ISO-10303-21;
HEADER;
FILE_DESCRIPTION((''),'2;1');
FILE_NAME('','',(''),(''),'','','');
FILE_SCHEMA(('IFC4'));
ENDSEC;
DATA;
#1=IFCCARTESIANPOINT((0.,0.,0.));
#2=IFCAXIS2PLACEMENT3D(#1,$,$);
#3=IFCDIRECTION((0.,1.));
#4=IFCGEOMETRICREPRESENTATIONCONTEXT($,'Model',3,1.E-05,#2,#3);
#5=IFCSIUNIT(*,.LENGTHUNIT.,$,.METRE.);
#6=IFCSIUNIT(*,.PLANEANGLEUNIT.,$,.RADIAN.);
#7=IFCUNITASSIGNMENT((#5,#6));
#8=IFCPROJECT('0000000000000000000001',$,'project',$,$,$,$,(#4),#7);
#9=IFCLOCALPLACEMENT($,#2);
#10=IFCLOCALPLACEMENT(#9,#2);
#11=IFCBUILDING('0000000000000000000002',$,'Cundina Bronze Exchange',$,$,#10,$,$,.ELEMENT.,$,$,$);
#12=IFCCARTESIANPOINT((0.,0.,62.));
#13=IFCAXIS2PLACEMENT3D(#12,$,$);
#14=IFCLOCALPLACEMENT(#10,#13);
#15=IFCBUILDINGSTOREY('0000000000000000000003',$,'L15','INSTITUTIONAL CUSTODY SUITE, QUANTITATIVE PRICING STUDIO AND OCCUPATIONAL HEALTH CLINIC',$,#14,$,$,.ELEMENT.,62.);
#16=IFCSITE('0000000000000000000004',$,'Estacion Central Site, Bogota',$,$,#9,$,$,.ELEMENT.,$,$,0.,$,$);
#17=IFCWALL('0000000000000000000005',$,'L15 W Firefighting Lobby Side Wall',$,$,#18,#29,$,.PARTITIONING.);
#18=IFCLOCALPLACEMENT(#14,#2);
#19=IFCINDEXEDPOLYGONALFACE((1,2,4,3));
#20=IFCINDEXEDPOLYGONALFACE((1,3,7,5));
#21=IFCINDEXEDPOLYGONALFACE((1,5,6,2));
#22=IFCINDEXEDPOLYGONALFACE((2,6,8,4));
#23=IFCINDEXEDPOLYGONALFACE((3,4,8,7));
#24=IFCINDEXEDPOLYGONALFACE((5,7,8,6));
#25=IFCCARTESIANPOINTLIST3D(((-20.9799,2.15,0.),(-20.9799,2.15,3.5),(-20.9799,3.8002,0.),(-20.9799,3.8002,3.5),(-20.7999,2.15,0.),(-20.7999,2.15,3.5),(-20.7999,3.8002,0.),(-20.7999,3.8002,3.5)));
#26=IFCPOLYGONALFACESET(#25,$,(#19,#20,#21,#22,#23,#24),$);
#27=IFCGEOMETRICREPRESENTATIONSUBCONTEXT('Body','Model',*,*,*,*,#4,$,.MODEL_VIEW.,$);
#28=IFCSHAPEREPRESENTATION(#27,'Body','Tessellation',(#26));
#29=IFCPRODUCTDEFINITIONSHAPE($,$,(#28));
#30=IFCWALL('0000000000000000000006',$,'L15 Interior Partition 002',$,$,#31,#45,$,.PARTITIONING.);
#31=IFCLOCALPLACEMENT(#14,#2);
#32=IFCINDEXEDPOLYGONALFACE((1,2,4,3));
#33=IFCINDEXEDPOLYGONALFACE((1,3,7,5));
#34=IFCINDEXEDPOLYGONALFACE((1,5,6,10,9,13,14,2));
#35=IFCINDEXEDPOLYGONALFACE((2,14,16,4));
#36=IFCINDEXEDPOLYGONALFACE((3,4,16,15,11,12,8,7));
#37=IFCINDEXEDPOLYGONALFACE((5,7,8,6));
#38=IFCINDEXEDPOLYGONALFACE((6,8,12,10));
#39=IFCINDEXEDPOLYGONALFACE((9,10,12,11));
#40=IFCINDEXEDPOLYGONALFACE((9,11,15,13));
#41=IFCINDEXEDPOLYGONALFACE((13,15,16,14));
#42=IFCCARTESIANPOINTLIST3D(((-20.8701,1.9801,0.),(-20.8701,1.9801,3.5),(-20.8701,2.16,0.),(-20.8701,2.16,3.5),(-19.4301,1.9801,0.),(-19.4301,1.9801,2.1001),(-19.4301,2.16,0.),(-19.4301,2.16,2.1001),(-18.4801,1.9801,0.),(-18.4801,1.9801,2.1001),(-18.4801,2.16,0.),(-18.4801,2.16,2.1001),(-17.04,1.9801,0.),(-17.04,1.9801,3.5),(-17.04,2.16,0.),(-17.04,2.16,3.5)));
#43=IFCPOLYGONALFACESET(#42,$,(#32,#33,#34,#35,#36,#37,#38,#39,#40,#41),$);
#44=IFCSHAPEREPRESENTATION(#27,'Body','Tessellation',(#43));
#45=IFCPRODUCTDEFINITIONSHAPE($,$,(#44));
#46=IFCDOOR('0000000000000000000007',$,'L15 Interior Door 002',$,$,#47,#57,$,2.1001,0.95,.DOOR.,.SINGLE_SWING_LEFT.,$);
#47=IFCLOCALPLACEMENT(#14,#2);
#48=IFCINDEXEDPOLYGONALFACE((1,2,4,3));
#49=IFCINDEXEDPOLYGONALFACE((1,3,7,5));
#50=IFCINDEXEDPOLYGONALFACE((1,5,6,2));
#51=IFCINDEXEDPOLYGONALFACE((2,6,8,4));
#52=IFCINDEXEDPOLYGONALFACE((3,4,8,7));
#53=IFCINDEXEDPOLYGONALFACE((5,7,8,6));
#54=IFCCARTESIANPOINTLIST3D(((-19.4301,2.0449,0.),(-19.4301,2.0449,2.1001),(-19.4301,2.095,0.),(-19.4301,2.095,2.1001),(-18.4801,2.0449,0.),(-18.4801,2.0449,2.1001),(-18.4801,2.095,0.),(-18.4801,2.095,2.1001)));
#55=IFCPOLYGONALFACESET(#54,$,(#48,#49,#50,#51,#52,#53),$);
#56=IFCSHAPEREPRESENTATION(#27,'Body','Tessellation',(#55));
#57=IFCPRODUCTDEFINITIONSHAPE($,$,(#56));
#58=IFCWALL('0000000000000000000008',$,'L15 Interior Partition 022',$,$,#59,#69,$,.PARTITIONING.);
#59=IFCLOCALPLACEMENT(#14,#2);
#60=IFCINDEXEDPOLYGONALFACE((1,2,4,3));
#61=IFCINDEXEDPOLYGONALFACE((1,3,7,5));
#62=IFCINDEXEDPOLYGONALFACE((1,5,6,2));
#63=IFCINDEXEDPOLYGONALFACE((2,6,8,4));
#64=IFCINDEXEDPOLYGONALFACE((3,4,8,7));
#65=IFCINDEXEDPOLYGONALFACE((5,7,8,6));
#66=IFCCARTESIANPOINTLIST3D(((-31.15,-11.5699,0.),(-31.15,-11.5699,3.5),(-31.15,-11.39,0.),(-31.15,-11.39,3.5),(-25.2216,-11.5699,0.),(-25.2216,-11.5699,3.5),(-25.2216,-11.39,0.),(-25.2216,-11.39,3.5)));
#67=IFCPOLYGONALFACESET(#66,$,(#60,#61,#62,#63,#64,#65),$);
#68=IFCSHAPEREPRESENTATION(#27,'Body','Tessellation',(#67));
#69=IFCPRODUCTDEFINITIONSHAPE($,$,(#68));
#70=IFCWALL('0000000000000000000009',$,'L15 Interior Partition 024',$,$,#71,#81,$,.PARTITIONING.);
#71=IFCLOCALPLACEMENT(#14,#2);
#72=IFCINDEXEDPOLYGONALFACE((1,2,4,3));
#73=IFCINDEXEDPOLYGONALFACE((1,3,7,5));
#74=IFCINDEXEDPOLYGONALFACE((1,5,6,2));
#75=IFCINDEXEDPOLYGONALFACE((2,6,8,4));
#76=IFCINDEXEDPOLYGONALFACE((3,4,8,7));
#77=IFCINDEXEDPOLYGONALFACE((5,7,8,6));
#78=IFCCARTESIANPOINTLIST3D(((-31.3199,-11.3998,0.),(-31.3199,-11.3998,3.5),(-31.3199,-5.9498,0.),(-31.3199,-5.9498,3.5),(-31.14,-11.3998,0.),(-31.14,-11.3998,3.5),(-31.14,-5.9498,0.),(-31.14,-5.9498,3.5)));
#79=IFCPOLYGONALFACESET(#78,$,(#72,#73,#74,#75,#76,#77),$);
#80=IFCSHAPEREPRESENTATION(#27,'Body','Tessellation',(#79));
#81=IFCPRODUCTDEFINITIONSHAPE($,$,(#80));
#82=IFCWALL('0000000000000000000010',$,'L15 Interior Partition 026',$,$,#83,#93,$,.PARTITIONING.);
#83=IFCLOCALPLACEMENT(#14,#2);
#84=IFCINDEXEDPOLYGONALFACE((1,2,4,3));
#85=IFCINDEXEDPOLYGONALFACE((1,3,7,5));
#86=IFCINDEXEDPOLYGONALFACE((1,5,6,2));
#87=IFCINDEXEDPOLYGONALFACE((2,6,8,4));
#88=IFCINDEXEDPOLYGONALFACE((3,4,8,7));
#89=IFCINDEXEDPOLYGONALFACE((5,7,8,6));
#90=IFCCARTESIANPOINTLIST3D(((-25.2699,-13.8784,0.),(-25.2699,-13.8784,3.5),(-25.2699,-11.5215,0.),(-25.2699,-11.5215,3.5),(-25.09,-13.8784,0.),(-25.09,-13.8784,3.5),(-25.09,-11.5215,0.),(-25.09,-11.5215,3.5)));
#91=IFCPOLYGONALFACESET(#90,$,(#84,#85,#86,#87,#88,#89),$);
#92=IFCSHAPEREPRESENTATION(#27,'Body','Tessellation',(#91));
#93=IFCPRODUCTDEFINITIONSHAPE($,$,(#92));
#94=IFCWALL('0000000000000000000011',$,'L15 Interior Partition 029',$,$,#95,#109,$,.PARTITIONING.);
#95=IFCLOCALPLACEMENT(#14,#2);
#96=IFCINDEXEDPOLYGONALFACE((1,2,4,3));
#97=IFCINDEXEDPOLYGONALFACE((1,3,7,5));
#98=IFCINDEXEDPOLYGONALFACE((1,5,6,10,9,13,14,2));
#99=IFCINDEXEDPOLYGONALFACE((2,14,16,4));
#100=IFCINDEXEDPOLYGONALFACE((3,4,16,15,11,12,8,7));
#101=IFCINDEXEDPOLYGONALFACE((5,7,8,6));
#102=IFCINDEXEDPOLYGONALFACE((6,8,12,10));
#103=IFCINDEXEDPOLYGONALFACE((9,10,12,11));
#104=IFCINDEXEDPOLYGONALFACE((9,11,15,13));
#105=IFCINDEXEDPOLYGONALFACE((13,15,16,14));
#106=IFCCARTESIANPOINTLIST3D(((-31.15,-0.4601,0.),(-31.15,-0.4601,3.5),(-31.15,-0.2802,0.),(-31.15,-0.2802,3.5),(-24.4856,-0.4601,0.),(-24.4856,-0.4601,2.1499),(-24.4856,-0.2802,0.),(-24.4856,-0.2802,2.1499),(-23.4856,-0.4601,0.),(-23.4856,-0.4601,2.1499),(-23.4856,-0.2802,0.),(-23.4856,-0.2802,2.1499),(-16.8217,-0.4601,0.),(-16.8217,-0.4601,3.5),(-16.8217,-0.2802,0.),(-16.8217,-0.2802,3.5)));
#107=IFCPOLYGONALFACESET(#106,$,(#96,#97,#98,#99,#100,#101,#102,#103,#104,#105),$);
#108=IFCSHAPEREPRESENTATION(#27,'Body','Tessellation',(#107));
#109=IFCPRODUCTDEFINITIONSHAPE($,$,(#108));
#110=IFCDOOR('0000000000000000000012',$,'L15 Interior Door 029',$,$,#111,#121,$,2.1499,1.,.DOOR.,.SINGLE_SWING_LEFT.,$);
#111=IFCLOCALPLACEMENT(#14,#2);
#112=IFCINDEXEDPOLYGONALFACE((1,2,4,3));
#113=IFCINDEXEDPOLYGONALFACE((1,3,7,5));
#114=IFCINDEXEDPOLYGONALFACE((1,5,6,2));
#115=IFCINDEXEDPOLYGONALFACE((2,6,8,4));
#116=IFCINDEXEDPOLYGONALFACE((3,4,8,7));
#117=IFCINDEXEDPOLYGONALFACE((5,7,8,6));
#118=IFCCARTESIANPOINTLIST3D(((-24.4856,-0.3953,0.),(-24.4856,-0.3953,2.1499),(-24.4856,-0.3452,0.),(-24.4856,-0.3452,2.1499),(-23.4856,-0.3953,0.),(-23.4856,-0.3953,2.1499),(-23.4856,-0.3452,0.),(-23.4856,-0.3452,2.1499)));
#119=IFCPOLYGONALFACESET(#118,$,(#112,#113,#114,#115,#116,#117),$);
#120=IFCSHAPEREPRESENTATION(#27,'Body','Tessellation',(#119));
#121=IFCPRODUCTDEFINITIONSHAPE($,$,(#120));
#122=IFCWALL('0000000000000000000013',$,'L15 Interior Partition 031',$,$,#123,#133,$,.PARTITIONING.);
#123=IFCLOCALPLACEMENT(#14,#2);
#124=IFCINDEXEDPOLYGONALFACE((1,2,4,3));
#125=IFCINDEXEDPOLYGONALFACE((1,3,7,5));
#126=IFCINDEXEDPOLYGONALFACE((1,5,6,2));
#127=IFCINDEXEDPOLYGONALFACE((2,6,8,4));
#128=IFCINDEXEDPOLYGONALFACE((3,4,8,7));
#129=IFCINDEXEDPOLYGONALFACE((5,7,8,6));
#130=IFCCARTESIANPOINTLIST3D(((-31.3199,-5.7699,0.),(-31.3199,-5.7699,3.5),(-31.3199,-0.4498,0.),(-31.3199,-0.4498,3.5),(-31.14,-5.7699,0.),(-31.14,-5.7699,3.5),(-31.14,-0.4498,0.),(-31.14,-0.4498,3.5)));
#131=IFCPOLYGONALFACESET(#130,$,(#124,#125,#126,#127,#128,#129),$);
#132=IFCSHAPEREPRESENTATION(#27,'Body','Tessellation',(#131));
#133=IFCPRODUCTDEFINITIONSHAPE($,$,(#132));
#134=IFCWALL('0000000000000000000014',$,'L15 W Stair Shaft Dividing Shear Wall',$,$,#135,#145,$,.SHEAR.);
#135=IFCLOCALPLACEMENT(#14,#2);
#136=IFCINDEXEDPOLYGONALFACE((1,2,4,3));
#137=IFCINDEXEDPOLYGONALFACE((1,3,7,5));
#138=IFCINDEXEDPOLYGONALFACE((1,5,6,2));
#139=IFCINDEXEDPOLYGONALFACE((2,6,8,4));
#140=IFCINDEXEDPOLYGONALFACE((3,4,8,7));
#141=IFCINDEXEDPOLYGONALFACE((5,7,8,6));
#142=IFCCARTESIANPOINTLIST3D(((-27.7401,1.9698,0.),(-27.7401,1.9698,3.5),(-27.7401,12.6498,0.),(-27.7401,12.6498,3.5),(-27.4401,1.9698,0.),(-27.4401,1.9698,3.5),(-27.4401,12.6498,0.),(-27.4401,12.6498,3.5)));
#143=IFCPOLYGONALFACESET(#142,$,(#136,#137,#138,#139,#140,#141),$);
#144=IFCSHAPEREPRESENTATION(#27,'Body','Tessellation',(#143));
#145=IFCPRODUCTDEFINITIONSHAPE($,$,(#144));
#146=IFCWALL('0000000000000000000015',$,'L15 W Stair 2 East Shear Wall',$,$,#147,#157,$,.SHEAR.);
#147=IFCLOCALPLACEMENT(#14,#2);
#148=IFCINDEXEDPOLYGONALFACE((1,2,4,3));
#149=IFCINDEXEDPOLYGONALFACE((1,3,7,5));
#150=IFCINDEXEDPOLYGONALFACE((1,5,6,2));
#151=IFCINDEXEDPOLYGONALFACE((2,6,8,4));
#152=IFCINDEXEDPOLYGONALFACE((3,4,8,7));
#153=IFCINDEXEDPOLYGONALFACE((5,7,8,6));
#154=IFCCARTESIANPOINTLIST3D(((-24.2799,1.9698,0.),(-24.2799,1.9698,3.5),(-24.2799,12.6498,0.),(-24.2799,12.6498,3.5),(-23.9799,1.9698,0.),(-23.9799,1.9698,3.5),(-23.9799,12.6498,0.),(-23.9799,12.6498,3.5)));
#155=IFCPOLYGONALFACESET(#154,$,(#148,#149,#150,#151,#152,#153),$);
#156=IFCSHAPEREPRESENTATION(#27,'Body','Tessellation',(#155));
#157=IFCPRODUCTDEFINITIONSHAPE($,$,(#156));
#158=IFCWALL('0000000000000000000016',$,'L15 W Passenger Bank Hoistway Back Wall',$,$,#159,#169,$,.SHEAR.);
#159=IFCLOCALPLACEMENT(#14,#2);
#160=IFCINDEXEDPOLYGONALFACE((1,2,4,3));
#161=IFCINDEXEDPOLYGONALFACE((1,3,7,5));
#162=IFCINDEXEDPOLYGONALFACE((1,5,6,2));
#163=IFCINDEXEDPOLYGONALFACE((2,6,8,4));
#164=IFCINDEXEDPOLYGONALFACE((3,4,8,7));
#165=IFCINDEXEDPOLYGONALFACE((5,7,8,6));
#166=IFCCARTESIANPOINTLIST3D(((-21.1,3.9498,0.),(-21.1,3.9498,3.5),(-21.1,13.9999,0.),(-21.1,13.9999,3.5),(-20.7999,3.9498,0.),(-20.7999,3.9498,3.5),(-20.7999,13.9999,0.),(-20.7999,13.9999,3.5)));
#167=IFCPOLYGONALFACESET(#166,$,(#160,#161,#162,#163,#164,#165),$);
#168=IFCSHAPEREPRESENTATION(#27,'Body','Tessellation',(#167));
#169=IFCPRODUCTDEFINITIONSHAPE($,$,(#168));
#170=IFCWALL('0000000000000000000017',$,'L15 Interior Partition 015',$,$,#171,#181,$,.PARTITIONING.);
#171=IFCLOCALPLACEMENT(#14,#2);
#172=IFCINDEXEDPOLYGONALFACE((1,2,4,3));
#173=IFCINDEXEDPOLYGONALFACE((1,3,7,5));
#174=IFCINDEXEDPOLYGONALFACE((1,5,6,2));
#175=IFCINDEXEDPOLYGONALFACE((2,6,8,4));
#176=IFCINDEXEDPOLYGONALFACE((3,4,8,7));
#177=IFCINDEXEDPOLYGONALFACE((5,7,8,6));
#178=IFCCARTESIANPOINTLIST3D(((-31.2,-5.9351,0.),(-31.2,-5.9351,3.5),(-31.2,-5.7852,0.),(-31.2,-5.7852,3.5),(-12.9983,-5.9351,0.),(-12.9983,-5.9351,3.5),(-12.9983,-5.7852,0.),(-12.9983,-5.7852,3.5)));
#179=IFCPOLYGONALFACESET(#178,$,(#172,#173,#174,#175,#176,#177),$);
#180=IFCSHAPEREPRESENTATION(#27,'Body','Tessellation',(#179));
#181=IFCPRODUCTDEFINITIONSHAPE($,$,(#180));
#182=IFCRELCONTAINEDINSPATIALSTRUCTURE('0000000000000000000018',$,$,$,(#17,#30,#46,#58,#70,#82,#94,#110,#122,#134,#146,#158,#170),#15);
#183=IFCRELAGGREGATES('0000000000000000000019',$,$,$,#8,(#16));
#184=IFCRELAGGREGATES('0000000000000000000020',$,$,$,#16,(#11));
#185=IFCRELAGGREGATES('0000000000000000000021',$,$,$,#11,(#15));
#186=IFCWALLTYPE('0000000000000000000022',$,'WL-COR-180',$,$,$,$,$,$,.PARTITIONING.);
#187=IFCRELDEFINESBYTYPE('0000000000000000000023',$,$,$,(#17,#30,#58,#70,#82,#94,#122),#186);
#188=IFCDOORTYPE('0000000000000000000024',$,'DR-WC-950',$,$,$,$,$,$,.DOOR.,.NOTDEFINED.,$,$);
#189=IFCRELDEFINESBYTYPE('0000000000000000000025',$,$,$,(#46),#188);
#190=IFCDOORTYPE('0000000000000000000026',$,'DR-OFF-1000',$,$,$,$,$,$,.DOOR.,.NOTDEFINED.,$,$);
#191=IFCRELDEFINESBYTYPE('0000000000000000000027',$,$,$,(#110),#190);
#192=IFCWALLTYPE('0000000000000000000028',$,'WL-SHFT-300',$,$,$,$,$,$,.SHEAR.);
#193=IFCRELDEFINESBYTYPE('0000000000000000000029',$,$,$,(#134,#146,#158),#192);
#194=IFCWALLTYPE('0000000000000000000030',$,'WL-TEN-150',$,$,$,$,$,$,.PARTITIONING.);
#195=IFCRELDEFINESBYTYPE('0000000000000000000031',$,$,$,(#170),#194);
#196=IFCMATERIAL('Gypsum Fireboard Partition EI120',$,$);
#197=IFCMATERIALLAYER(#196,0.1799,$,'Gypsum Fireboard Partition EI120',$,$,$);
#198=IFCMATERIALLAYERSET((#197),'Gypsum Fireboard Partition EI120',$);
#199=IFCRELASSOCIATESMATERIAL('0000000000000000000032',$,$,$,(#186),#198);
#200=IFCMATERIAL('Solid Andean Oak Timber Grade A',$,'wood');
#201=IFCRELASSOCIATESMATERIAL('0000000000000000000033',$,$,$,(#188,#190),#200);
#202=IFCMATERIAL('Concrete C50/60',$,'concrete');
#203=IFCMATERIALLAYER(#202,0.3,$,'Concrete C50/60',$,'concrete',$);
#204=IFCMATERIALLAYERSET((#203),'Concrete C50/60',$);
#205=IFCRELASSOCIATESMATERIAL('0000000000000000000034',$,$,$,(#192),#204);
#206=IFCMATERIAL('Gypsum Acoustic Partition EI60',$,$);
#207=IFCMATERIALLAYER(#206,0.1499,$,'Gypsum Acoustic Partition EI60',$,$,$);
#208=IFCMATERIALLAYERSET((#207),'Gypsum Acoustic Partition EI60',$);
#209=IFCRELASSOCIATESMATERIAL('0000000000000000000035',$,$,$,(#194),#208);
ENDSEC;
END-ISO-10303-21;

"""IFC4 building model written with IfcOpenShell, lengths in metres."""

from ifc_helpers import new_model, si_unit, direction, frame, frame_2d, origin, place, context, subcontext, project, spatial, rectangle, extrude, material, layer, layer_set, type_object, element, fill, save


model = new_model("IFC4")

# Units and contexts
model_context = context("Model", 3, precision=1e-05, world=origin(), true_north=direction((0.0, 1.0)))
body_context = subcontext(model_context, "Body", "Model", "MODEL_VIEW")
ifc_project = project(units=[si_unit("LENGTHUNIT", "METRE"), si_unit("PLANEANGLEUNIT", "RADIAN")], contexts=[model_context])

# Site, building, storey
site_placement = place(None, origin())
site = spatial("IfcSite", under=ifc_project, at=site_placement, Name="Estacion Central Site, Bogota", CompositionType="ELEMENT", RefElevation=0.0)
building_placement = place(site_placement, origin())
building = spatial("IfcBuilding", under=site, at=building_placement, Name="Cundina Bronze Exchange", CompositionType="ELEMENT")
storey_placement = place(building_placement, frame((0.0, 0.0, 62.0)))
storey = spatial("IfcBuildingStorey", under=building, at=storey_placement, Name="L15", Description="INSTITUTIONAL CUSTODY SUITE, QUANTITATIVE PRICING STUDIO AND OCCUPATIONAL HEALTH CLINIC", CompositionType="ELEMENT", Elevation=62.0)

# Wall
ifc_material_1 = material(Name="Gypsum Fireboard Partition EI120")
ifc_layer_1 = layer(ifc_material_1, 0.1799, Name="Gypsum Fireboard Partition EI120")
ifc_layer_set_1 = layer_set([ifc_layer_1], Name="Gypsum Fireboard Partition EI120")
wall_type_1 = type_object("IfcWallType", Name="WL-COR-180", PredefinedType="PARTITIONING", material=ifc_layer_set_1)
wall_1_placement = place(storey_placement, frame((-20.8899, 2.1499, 0.0), z_axis=(0.0, 0.0, 1.0), x_axis=(0.0, 1.0, 0.0)))
element("IfcWall", 1, at=wall_1_placement, inside=storey, type_object=wall_type_1, Name="L15 W Firefighting Lobby Side Wall", PredefinedType="PARTITIONING", context=body_context, shape_type="SweptSolid", body=[
    extrude(rectangle(XDim=1.6501, YDim=0.1799, at=frame_2d((0.8252, 0.0))), origin(), (0.0, 0.0, 1.0), 3.5),
])

# Wall, opening, door
wall_2_placement = place(storey_placement, frame((-20.8701, 2.0701, 0.0), z_axis=(0.0, 0.0, 1.0), x_axis=(1.0, 0.0, 0.0)))
wall_2 = element("IfcWall", 2, at=wall_2_placement, inside=storey, type_object=wall_type_1, Name="L15 Interior Partition 002", PredefinedType="PARTITIONING", context=body_context, shape_type="SweptSolid", body=[
    extrude(rectangle(XDim=3.8301, YDim=0.1799, at=frame_2d((1.915, 0.0))), origin(), (0.0, 0.0, 1.0), 3.5),
])
opening_1_placement = place(wall_2_placement, frame((1.4399, 0.0, 0.0)))
opening_1 = element("IfcOpeningElement", 3, at=opening_1_placement, cuts=wall_2, PredefinedType="OPENING", context=body_context, shape_type="SweptSolid", body=[
    extrude(rectangle(XDim=0.95, YDim=2.1001, at=frame_2d((0.4751, 1.05))), frame((0.0, 0.0999, 0.0), z_axis=(0.0, -1.0, 0.0), x_axis=(1.0, 0.0, 0.0)), (0.0, 0.0, 1.0), 0.2),
])
ifc_material_2 = material(Name="Solid Andean Oak Timber Grade A", Category="wood")
door_type_1 = type_object("IfcDoorType", Name="DR-WC-950", OperationType="NOTDEFINED", PredefinedType="DOOR", material=ifc_material_2)
door_1_placement = place(opening_1_placement, origin())
door_1 = element("IfcDoor", 4, at=door_1_placement, inside=storey, type_object=door_type_1, Name="L15 Interior Door 002", OperationType="SINGLE_SWING_LEFT", OverallHeight=2.1001, OverallWidth=0.95, PredefinedType="DOOR", context=body_context, shape_type="SweptSolid", body=[
    extrude(rectangle(XDim=0.95, YDim=2.1001, at=frame_2d((0.4751, 1.05))), frame((0.0, 0.0249, 0.0), z_axis=(0.0, -1.0, 0.0), x_axis=(1.0, 0.0, 0.0)), (0.0, 0.0, 1.0), 0.05),
])
fill(opening_1, door_1)

# Walls
wall_3_placement = place(storey_placement, frame((-25.2214, -11.48, 0.0), z_axis=(0.0, 0.0, 1.0), x_axis=(-1.0, 0.0, 0.0)))
element("IfcWall", 5, at=wall_3_placement, inside=storey, type_object=wall_type_1, Name="L15 Interior Partition 022", PredefinedType="PARTITIONING", context=body_context, shape_type="SweptSolid", body=[
    extrude(rectangle(XDim=5.9285, YDim=0.1799, at=frame_2d((2.9644, 0.0))), origin(), (0.0, 0.0, 1.0), 3.5),
])
wall_4_placement = place(storey_placement, frame((-31.23, -11.3999, 0.0), z_axis=(0.0, 0.0, 1.0), x_axis=(0.0, 1.0, 0.0)))
element("IfcWall", 6, at=wall_4_placement, inside=storey, type_object=wall_type_1, Name="L15 Interior Partition 024", PredefinedType="PARTITIONING", context=body_context, shape_type="SweptSolid", body=[
    extrude(rectangle(XDim=5.45, YDim=0.1799, at=frame_2d((2.7251, 0.0))), origin(), (0.0, 0.0, 1.0), 3.5),
])
wall_5_placement = place(storey_placement, frame((-25.1799, -13.8784, 0.0), z_axis=(0.0, 0.0, 1.0), x_axis=(0.0, 1.0, 0.0)))
element("IfcWall", 7, at=wall_5_placement, inside=storey, type_object=wall_type_1, Name="L15 Interior Partition 026", PredefinedType="PARTITIONING", context=body_context, shape_type="SweptSolid", body=[
    extrude(rectangle(XDim=2.3569, YDim=0.1799, at=frame_2d((1.1785, 0.0))), origin(), (0.0, 0.0, 1.0), 3.5),
])

# Wall, opening, door
wall_6_placement = place(storey_placement, frame((-31.1499, -0.3701, 0.0), z_axis=(0.0, 0.0, 1.0), x_axis=(1.0, 0.0, 0.0)))
wall_6 = element("IfcWall", 8, at=wall_6_placement, inside=storey, type_object=wall_type_1, Name="L15 Interior Partition 029", PredefinedType="PARTITIONING", context=body_context, shape_type="SweptSolid", body=[
    extrude(rectangle(XDim=14.3284, YDim=0.1799, at=frame_2d((7.1641, 0.0))), origin(), (0.0, 0.0, 1.0), 3.5),
])
opening_2_placement = place(wall_6_placement, frame((6.6643, 0.0, 0.0)))
opening_2 = element("IfcOpeningElement", 9, at=opening_2_placement, cuts=wall_6, PredefinedType="OPENING", context=body_context, shape_type="SweptSolid", body=[
    extrude(rectangle(XDim=1.0, YDim=2.1499, at=frame_2d((0.5, 1.075))), frame((0.0, 0.0999, 0.0), z_axis=(0.0, -1.0, 0.0), x_axis=(1.0, 0.0, 0.0)), (0.0, 0.0, 1.0), 0.2),
])
door_type_2 = type_object("IfcDoorType", Name="DR-OFF-1000", OperationType="NOTDEFINED", PredefinedType="DOOR", material=ifc_material_2)
door_2_placement = place(opening_2_placement, origin())
door_2 = element("IfcDoor", 10, at=door_2_placement, inside=storey, type_object=door_type_2, Name="L15 Interior Door 029", OperationType="SINGLE_SWING_LEFT", OverallHeight=2.1499, OverallWidth=1.0, PredefinedType="DOOR", context=body_context, shape_type="SweptSolid", body=[
    extrude(rectangle(XDim=1.0, YDim=2.1499, at=frame_2d((0.5, 1.075))), frame((0.0, 0.0249, 0.0), z_axis=(0.0, -1.0, 0.0), x_axis=(1.0, 0.0, 0.0)), (0.0, 0.0, 1.0), 0.05),
])
fill(opening_2, door_2)

# Walls
wall_7_placement = place(storey_placement, frame((-31.23, -5.77, 0.0), z_axis=(0.0, 0.0, 1.0), x_axis=(0.0, 1.0, 0.0)))
element("IfcWall", 11, at=wall_7_placement, inside=storey, type_object=wall_type_1, Name="L15 Interior Partition 031", PredefinedType="PARTITIONING", context=body_context, shape_type="SweptSolid", body=[
    extrude(rectangle(XDim=5.3201, YDim=0.1799, at=frame_2d((2.6602, 0.0))), origin(), (0.0, 0.0, 1.0), 3.5),
])
ifc_material_3 = material(Name="Concrete C50/60", Category="concrete")
ifc_layer_2 = layer(ifc_material_3, 0.3, Name="Concrete C50/60", Category="concrete")
ifc_layer_set_2 = layer_set([ifc_layer_2], Name="Concrete C50/60")
wall_type_2 = type_object("IfcWallType", Name="WL-SHFT-300", PredefinedType="SHEAR", material=ifc_layer_set_2)
for number, where, z_axis, x_axis, name in (
    (12, (-27.5901, 1.97, 0.0), (0.0, 0.0, 1.0), (0.0, 1.0, 0.0), "L15 W Stair Shaft Dividing Shear Wall"),
    (13, (-24.1299, 1.97, 0.0), (0.0, 0.0, 1.0), (0.0, 1.0, 0.0), "L15 W Stair 2 East Shear Wall"),
):
    element("IfcWall", number, at=place(storey_placement, frame(where, z_axis=z_axis, x_axis=x_axis)), inside=storey, type_object=wall_type_2, Name=name, PredefinedType="SHEAR", context=body_context, shape_type="SweptSolid", body=[
        extrude(rectangle(XDim=10.6799, YDim=0.3, at=frame_2d((5.3398, 0.0))), origin(), (0.0, 0.0, 1.0), 3.5),
    ])
wall_8_placement = place(storey_placement, frame((-20.95, 3.95, 0.0), z_axis=(0.0, 0.0, 1.0), x_axis=(0.0, 1.0, 0.0)))
element("IfcWall", 14, at=wall_8_placement, inside=storey, type_object=wall_type_2, Name="L15 W Passenger Bank Hoistway Back Wall", PredefinedType="SHEAR", context=body_context, shape_type="SweptSolid", body=[
    extrude(rectangle(XDim=10.05, YDim=0.3, at=frame_2d((5.0249, 0.0))), origin(), (0.0, 0.0, 1.0), 3.5),
])
ifc_material_4 = material(Name="Gypsum Acoustic Partition EI60")
ifc_layer_3 = layer(ifc_material_4, 0.1499, Name="Gypsum Acoustic Partition EI60")
ifc_layer_set_3 = layer_set([ifc_layer_3], Name="Gypsum Acoustic Partition EI60")
wall_type_3 = type_object("IfcWallType", Name="WL-TEN-150", PredefinedType="PARTITIONING", material=ifc_layer_set_3)
wall_9_placement = place(storey_placement, frame((-31.2, -5.8601, 0.0), z_axis=(0.0, 0.0, 1.0), x_axis=(1.0, 0.0, 0.0)))
element("IfcWall", 15, at=wall_9_placement, inside=storey, type_object=wall_type_3, Name="L15 Interior Partition 015", PredefinedType="PARTITIONING", context=body_context, shape_type="SweptSolid", body=[
    extrude(rectangle(XDim=18.2017, YDim=0.1499, at=frame_2d((9.1008, 0.0))), origin(), (0.0, 0.0, 1.0), 3.5),
])

save(model, "model.ifc")
